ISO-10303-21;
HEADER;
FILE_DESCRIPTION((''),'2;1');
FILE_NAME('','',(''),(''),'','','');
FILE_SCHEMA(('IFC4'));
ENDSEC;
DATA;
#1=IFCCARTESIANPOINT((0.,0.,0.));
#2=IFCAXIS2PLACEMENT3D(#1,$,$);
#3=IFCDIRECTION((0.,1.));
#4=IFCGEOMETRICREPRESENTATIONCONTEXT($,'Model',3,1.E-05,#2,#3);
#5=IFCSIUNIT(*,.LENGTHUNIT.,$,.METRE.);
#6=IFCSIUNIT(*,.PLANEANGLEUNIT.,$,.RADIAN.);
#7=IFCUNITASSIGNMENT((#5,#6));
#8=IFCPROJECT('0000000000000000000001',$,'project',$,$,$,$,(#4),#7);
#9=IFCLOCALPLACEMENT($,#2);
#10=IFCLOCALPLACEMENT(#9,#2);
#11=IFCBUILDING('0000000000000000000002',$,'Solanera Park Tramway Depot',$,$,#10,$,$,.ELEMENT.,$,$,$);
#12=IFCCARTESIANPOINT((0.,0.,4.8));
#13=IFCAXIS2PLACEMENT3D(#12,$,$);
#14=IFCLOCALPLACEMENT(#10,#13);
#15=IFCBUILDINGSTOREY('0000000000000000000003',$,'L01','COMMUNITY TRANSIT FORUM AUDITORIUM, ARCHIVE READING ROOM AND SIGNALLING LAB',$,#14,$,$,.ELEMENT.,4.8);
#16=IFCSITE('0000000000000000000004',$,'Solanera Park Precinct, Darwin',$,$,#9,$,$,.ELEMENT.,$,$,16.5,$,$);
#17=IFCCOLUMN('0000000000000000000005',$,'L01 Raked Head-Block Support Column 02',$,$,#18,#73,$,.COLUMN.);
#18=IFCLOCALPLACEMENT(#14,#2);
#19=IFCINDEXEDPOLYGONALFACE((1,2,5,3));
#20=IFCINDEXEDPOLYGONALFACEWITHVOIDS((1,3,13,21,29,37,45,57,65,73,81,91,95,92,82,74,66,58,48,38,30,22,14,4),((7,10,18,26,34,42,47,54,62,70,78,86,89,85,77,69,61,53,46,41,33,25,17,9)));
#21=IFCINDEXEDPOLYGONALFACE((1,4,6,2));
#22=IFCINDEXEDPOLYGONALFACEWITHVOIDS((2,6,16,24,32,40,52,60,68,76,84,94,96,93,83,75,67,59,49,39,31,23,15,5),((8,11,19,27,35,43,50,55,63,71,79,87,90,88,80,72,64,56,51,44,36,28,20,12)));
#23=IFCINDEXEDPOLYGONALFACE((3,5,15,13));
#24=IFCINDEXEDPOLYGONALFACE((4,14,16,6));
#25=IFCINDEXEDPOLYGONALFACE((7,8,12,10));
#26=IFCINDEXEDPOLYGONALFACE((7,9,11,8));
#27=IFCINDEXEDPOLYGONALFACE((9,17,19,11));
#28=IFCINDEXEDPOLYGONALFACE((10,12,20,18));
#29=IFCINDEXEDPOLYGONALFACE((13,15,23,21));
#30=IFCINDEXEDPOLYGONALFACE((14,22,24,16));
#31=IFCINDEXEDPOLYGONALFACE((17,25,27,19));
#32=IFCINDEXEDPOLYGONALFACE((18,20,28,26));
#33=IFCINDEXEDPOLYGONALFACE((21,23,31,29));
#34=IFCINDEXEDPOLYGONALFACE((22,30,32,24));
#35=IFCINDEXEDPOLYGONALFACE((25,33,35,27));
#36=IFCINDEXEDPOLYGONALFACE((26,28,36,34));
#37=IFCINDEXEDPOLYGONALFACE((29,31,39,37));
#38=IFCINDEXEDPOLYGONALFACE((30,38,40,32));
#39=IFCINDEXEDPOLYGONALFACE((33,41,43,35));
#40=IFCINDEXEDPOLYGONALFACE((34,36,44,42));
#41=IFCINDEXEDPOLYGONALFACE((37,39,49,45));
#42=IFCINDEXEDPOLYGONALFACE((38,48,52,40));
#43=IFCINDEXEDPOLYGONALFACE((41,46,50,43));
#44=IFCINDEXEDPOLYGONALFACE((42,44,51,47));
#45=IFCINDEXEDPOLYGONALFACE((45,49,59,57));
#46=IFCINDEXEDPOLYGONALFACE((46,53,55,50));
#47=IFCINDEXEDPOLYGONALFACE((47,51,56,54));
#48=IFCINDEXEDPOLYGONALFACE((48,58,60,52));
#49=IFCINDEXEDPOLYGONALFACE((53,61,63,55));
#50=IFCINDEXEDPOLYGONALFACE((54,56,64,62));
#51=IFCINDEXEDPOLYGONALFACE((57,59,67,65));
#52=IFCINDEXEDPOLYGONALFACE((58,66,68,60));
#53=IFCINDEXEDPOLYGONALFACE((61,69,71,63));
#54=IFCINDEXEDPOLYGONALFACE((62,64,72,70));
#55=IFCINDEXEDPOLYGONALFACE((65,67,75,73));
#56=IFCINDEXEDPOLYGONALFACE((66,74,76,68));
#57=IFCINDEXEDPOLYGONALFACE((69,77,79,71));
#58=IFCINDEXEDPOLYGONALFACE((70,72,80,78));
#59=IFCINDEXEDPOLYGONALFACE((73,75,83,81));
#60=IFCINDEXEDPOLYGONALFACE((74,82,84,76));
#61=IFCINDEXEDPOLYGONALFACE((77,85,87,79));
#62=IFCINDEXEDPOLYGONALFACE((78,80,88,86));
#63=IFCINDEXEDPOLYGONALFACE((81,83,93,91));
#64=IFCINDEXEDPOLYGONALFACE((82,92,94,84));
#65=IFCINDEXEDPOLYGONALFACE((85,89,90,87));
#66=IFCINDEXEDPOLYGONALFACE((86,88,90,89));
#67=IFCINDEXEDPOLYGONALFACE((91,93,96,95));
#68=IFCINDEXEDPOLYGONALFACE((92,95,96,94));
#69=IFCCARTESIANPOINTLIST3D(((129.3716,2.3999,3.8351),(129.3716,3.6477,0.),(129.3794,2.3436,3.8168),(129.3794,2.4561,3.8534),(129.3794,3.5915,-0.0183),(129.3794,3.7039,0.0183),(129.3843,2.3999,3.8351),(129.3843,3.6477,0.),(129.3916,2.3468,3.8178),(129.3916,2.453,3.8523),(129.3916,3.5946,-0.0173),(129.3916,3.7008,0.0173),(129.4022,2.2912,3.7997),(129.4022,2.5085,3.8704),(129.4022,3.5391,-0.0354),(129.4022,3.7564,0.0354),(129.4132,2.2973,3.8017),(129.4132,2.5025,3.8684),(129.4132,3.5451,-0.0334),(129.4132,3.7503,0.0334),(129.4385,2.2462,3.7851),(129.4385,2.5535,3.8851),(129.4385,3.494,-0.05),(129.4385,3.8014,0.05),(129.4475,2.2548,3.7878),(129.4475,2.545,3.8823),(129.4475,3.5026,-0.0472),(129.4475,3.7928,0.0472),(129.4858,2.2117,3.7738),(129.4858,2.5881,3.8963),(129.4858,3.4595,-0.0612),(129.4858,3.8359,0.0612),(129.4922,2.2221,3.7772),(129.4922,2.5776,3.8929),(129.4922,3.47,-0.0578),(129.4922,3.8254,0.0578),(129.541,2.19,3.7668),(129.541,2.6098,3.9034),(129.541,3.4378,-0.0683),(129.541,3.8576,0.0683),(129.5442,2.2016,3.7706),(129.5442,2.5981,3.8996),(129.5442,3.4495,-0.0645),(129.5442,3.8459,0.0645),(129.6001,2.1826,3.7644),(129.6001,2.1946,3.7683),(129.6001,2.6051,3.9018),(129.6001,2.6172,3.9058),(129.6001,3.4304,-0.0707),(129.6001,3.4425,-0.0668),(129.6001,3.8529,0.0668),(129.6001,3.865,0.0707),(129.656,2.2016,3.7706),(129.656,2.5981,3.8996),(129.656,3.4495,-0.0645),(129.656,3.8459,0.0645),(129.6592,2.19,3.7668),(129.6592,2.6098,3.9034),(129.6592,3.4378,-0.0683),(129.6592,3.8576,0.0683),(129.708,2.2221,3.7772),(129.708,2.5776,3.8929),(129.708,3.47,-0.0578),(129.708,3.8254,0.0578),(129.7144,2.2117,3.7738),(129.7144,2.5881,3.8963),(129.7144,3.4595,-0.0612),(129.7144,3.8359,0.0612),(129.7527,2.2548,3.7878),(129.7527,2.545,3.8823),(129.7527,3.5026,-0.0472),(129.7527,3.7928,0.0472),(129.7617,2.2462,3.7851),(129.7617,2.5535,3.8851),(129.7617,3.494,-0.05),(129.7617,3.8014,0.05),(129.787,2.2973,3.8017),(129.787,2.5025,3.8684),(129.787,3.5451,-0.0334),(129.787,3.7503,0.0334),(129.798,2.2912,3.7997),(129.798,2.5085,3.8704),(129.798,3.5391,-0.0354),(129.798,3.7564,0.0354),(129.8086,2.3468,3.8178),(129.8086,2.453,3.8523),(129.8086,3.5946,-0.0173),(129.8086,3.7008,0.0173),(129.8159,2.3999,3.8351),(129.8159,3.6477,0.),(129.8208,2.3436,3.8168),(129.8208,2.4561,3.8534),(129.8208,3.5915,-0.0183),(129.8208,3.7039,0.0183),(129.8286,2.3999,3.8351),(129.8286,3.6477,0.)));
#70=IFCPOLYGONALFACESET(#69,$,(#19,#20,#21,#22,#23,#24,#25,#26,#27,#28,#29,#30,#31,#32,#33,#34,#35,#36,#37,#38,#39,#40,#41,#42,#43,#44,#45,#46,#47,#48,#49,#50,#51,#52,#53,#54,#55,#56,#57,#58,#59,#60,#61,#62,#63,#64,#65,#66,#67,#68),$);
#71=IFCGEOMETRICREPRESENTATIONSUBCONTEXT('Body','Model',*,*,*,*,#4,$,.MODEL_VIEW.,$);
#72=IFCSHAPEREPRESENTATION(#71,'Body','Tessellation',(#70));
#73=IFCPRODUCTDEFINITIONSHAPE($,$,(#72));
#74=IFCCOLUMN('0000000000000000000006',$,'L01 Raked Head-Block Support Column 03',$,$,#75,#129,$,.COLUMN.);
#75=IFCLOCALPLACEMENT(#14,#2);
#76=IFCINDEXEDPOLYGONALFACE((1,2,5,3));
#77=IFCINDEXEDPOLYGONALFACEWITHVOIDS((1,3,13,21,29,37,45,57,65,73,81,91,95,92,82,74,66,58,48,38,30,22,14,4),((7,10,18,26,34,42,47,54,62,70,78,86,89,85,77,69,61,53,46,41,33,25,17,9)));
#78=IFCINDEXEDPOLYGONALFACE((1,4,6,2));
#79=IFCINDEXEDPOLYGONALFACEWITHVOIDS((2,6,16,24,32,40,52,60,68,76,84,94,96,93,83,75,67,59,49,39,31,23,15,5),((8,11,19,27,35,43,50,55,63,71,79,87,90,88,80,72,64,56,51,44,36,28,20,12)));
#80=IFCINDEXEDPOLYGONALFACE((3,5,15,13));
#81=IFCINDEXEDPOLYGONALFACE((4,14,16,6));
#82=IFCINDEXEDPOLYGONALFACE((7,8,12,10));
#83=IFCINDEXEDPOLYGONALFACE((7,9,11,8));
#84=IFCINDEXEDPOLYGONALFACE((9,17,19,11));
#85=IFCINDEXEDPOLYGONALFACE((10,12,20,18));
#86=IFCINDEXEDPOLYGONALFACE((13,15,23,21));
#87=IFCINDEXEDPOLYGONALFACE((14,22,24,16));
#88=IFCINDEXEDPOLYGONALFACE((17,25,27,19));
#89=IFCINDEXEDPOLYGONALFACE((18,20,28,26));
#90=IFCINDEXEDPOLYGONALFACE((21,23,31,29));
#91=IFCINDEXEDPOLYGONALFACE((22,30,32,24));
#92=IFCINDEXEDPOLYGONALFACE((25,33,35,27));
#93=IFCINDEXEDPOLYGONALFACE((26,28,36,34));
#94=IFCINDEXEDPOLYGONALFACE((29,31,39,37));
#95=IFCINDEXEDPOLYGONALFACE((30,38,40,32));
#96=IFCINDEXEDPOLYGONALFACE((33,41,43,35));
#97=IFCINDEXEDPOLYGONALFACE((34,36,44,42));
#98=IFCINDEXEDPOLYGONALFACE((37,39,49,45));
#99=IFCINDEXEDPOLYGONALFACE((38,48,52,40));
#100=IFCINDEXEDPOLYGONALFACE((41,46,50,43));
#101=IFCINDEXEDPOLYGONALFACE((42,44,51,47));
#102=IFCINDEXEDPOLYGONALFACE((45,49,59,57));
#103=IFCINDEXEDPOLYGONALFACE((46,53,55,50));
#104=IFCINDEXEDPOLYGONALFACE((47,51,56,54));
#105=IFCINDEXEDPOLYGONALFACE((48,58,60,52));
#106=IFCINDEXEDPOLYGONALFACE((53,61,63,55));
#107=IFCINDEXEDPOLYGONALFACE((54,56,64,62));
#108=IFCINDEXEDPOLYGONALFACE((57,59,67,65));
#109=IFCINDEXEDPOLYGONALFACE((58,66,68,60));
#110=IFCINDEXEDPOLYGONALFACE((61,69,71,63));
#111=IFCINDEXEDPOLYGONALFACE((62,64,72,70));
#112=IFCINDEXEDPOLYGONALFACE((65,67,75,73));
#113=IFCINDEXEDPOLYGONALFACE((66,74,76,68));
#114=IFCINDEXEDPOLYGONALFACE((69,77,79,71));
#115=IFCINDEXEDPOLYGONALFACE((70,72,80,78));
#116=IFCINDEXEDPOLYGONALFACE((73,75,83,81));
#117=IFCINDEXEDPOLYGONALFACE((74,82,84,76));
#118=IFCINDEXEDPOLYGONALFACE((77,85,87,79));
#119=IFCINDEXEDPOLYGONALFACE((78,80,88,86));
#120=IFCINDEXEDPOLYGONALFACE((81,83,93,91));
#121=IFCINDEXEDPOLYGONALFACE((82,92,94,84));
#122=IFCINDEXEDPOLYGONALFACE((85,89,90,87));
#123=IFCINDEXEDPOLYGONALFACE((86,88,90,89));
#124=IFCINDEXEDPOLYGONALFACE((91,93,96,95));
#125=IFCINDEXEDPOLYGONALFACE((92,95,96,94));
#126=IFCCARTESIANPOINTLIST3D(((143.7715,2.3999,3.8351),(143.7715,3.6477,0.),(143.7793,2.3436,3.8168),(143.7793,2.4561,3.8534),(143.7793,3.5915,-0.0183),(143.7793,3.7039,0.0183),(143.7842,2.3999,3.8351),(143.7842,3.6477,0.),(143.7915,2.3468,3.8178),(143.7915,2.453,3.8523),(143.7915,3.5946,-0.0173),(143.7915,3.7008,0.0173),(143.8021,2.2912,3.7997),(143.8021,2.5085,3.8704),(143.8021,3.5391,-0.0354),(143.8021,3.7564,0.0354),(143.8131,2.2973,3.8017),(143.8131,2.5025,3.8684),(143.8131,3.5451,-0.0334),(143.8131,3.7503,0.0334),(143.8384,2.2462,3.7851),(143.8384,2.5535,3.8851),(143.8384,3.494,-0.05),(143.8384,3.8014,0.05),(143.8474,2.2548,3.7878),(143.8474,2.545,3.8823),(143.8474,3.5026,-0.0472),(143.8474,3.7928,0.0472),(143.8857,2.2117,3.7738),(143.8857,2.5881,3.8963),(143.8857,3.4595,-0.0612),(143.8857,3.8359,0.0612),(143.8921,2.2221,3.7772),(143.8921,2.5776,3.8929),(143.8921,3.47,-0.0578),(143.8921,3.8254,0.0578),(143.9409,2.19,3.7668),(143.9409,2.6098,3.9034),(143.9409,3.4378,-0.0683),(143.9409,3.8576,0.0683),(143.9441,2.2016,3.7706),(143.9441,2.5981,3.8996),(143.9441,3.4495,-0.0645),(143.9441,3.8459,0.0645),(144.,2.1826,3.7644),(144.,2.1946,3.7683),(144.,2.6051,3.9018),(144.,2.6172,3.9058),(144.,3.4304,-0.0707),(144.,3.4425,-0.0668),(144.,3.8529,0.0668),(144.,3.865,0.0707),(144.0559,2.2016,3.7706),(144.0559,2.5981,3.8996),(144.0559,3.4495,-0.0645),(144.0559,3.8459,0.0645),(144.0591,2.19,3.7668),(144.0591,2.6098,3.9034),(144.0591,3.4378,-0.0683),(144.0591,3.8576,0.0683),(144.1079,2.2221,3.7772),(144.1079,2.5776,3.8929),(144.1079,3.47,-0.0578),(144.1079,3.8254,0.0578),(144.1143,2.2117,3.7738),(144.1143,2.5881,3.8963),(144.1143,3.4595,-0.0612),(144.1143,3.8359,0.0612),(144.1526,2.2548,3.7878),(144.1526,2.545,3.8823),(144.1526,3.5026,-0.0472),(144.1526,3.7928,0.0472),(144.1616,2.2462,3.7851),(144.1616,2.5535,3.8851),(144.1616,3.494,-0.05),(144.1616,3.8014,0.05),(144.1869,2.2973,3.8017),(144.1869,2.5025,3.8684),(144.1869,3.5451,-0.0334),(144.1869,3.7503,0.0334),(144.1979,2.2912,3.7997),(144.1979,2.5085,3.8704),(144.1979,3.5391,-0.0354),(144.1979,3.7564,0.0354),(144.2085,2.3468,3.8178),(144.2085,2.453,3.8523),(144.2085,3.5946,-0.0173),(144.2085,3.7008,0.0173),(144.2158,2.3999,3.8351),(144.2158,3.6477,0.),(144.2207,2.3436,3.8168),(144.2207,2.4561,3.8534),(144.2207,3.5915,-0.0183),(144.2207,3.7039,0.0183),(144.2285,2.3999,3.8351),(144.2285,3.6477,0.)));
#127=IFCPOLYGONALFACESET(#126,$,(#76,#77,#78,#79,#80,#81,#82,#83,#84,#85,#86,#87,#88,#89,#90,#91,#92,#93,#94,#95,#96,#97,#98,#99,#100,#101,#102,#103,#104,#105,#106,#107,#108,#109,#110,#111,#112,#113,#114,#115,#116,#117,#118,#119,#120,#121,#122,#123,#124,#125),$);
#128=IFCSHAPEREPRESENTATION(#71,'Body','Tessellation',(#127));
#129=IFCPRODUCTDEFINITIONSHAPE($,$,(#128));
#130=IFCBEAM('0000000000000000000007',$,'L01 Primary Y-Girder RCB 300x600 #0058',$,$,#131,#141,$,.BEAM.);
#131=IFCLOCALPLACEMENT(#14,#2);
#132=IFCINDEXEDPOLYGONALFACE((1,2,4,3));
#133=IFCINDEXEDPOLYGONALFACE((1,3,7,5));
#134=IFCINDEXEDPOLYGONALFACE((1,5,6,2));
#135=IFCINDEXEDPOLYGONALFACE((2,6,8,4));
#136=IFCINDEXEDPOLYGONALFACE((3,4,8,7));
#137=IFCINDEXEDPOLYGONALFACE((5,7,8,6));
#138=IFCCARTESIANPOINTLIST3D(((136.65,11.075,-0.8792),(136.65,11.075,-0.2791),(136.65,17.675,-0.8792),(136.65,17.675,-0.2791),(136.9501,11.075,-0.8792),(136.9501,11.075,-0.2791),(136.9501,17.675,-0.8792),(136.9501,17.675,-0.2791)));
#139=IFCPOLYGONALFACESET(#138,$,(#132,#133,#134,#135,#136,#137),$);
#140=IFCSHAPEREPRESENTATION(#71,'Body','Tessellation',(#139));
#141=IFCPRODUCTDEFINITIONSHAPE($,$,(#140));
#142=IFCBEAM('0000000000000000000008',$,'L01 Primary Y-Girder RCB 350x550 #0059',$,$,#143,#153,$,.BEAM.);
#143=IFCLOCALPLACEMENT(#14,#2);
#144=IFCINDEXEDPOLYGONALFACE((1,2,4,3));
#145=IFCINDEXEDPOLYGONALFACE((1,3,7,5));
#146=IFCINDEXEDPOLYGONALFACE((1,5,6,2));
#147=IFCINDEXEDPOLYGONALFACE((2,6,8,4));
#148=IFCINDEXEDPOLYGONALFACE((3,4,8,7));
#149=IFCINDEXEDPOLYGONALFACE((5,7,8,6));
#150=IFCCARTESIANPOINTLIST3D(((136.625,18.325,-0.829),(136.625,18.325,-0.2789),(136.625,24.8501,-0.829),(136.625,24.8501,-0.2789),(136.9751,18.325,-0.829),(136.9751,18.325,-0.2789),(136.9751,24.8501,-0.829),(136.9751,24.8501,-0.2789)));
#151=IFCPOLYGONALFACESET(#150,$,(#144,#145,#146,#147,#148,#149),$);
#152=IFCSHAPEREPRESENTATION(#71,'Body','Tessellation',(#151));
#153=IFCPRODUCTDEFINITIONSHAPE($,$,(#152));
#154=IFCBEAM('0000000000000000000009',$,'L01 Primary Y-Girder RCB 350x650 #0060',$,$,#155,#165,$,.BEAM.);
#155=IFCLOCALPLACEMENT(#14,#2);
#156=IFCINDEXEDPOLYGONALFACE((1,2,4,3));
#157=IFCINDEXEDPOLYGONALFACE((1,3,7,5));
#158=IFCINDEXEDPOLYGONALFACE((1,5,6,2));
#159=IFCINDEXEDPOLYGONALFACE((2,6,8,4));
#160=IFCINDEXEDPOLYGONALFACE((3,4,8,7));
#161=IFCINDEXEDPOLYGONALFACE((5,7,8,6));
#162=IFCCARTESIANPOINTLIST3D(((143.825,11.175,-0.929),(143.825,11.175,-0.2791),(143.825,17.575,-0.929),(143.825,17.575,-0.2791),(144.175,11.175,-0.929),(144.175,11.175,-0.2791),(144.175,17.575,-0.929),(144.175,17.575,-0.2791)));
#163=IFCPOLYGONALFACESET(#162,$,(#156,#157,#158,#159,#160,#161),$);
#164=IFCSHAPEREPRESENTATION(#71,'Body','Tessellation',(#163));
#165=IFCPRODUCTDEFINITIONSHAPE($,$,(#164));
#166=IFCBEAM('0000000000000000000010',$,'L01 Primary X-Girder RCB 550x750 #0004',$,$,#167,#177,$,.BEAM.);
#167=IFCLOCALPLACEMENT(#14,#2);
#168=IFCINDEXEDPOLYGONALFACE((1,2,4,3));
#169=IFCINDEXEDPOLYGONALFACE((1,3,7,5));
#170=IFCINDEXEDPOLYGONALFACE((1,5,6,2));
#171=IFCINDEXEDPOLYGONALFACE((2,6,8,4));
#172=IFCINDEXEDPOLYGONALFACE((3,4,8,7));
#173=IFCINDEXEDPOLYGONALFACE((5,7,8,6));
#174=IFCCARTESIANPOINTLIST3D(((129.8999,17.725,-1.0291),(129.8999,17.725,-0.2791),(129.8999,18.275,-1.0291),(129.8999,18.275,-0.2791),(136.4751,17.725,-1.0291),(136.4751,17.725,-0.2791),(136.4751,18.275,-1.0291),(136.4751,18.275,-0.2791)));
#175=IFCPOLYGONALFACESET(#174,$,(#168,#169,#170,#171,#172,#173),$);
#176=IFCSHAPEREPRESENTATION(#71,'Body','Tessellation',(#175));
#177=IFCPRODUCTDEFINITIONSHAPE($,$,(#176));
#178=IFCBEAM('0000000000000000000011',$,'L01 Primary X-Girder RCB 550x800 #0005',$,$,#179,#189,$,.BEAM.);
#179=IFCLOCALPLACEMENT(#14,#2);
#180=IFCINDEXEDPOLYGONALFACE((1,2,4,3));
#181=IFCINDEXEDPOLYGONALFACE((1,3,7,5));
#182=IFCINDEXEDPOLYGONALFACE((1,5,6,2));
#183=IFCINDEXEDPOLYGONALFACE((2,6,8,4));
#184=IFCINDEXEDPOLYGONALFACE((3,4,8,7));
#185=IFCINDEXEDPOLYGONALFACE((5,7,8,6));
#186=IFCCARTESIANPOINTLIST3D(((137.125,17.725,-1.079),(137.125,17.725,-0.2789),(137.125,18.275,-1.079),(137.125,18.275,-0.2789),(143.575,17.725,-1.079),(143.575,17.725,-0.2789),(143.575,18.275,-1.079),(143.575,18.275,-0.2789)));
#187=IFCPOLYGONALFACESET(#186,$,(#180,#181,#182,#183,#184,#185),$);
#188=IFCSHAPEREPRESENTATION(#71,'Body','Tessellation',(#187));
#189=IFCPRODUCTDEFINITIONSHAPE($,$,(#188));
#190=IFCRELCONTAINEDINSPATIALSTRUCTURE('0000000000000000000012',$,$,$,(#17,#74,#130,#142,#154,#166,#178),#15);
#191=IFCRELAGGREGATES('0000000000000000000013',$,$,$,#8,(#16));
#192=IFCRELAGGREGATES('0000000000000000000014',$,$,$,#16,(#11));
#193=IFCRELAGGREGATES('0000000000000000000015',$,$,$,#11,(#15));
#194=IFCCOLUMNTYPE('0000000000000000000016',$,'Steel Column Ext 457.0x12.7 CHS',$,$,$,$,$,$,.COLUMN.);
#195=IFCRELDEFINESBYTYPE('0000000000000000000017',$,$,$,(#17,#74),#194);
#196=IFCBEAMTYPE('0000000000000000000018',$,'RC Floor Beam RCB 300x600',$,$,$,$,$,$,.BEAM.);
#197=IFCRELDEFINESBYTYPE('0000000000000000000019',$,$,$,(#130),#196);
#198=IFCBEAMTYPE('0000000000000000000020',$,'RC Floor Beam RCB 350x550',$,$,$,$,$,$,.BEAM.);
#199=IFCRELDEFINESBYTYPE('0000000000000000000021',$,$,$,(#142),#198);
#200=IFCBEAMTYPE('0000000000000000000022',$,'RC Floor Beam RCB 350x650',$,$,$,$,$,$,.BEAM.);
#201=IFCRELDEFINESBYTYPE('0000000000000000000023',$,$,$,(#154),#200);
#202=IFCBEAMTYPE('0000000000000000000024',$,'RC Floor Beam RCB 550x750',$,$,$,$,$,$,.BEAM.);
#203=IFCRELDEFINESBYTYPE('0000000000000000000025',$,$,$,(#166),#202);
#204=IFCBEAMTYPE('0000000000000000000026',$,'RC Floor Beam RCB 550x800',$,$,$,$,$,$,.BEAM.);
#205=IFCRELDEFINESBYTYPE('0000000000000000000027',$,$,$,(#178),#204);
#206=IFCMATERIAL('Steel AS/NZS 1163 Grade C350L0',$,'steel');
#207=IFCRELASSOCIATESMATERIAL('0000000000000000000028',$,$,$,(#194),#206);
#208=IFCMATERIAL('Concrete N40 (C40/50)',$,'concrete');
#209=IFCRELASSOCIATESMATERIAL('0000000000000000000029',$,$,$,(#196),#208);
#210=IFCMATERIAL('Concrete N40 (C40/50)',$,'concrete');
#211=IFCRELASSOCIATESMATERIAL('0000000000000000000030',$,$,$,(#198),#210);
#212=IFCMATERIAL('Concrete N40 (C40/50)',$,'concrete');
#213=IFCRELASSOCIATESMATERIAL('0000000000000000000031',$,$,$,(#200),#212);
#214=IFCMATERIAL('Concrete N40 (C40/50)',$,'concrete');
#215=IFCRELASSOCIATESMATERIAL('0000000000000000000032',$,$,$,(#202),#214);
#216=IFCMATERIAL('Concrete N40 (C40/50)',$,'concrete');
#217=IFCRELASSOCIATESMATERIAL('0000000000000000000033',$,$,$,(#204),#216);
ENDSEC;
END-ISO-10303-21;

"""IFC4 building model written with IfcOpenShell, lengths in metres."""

from ifc_helpers import new_model, si_unit, direction, frame, origin, origin_2d, place, context, subcontext, project, spatial, rectangle, hollow_circle, extrude, material, material_profile, profile_set, type_object, element, save


model = new_model("IFC4")

# Units and contexts
model_context = context("Model", 3, precision=1e-05, world=origin(), true_north=direction((0.0, 1.0)))
body_context = subcontext(model_context, "Body", "Model", "MODEL_VIEW")
ifc_project = project(units=[si_unit("LENGTHUNIT", "METRE"), si_unit("PLANEANGLEUNIT", "RADIAN")], contexts=[model_context])

# Site, building, storey
site_placement = place(None, origin())
site = spatial("IfcSite", under=ifc_project, at=site_placement, Name="Solanera Park Precinct, Darwin", CompositionType="ELEMENT", RefElevation=16.5)
building_placement = place(site_placement, origin())
building = spatial("IfcBuilding", under=site, at=building_placement, Name="Solanera Park Tramway Depot", CompositionType="ELEMENT")
storey_placement = place(building_placement, frame((0.0, 0.0, 4.8)))
storey = spatial("IfcBuildingStorey", under=building, at=storey_placement, Name="L01", Description="COMMUNITY TRANSIT FORUM AUDITORIUM, ARCHIVE READING ROOM AND SIGNALLING LAB", CompositionType="ELEMENT", Elevation=4.8)

# Columns
ifc_material_1 = material(Name="Steel AS/NZS 1163 Grade C350L0", Category="steel")
ifc_material_profile_1 = material_profile(ifc_material_1, hollow_circle(Radius=0.2285, WallThickness=0.0127, at=origin_2d()), Name="457.0x12.7 CHS")
ifc_profile_set_1 = profile_set([ifc_material_profile_1], Name="Steel AS/NZS 1163 Grade C350L0")
column_type_1 = type_object("IfcColumnType", Name="Steel Column Ext 457.0x12.7 CHS", PredefinedType="COLUMN", material=ifc_profile_set_1)
for number, where, z_axis, x_axis, name in (
    (1, (129.6001, 3.6477, 0.0), (0.0, -0.309409, 0.950929), (1.0, 0.0, 0.0), "L01 Raked Head-Block Support Column 02"),
    (2, (144.0, 3.6477, 0.0), (0.0, -0.309409, 0.950929), (1.0, 0.0, 0.0), "L01 Raked Head-Block Support Column 03"),
):
    element("IfcColumn", number, at=place(storey_placement, frame(where, z_axis=z_axis, x_axis=x_axis)), inside=storey, type_object=column_type_1, Name=name, PredefinedType="COLUMN", context=body_context, shape_type="SweptSolid", body=[
        extrude(hollow_circle(Radius=0.2285, WallThickness=0.0127, at=origin_2d()), origin(), (0.0, 0.0, 1.0), 4.033),
    ])

# Beams
ifc_material_2 = material(Name="Concrete N40 (C40/50)", Category="concrete")
ifc_material_profile_2 = material_profile(ifc_material_2, rectangle(XDim=0.3, YDim=0.6001, at=origin_2d()), Name="RCB 300x600")
ifc_profile_set_2 = profile_set([ifc_material_profile_2], Name="Concrete N40 (C40/50)")
beam_type_1 = type_object("IfcBeamType", Name="RC Floor Beam RCB 300x600", PredefinedType="BEAM", material=ifc_profile_set_2)
beam_1_placement = place(storey_placement, frame((136.8, 11.075, -0.5791), z_axis=(0.0, 1.0, 0.0), x_axis=(-1.0, 0.0, 0.0)))
element("IfcBeam", 3, at=beam_1_placement, inside=storey, type_object=beam_type_1, Name="L01 Primary Y-Girder RCB 300x600 #0058", PredefinedType="BEAM", context=body_context, shape_type="SweptSolid", body=[
    extrude(rectangle(XDim=0.3, YDim=0.6001, at=origin_2d()), origin(), (0.0, 0.0, 1.0), 6.6001),
])
ifc_material_3 = material(Name="Concrete N40 (C40/50)", Category="concrete")
ifc_material_profile_3 = material_profile(ifc_material_3, rectangle(XDim=0.3501, YDim=0.55, at=origin_2d()), Name="RCB 350x550")
ifc_profile_set_3 = profile_set([ifc_material_profile_3], Name="Concrete N40 (C40/50)")
beam_type_2 = type_object("IfcBeamType", Name="RC Floor Beam RCB 350x550", PredefinedType="BEAM", material=ifc_profile_set_3)
beam_2_placement = place(storey_placement, frame((136.8, 18.325, -0.554), z_axis=(0.0, 1.0, 0.0), x_axis=(-1.0, 0.0, 0.0)))
element("IfcBeam", 4, at=beam_2_placement, inside=storey, type_object=beam_type_2, Name="L01 Primary Y-Girder RCB 350x550 #0059", PredefinedType="BEAM", context=body_context, shape_type="SweptSolid", body=[
    extrude(rectangle(XDim=0.3501, YDim=0.55, at=origin_2d()), origin(), (0.0, 0.0, 1.0), 6.5251),
])
ifc_material_4 = material(Name="Concrete N40 (C40/50)", Category="concrete")
ifc_material_profile_4 = material_profile(ifc_material_4, rectangle(XDim=0.3501, YDim=0.6499, at=origin_2d()), Name="RCB 350x650")
ifc_profile_set_4 = profile_set([ifc_material_profile_4], Name="Concrete N40 (C40/50)")
beam_type_3 = type_object("IfcBeamType", Name="RC Floor Beam RCB 350x650", PredefinedType="BEAM", material=ifc_profile_set_4)
beam_3_placement = place(storey_placement, frame((144.0, 11.175, -0.604), z_axis=(0.0, 1.0, 0.0), x_axis=(-1.0, 0.0, 0.0)))
element("IfcBeam", 5, at=beam_3_placement, inside=storey, type_object=beam_type_3, Name="L01 Primary Y-Girder RCB 350x650 #0060", PredefinedType="BEAM", context=body_context, shape_type="SweptSolid", body=[
    extrude(rectangle(XDim=0.3501, YDim=0.6499, at=origin_2d()), origin(), (0.0, 0.0, 1.0), 6.3999),
])
ifc_material_5 = material(Name="Concrete N40 (C40/50)", Category="concrete")
ifc_material_profile_5 = material_profile(ifc_material_5, rectangle(XDim=0.55, YDim=0.75, at=origin_2d()), Name="RCB 550x750")
ifc_profile_set_5 = profile_set([ifc_material_profile_5], Name="Concrete N40 (C40/50)")
beam_type_4 = type_object("IfcBeamType", Name="RC Floor Beam RCB 550x750", PredefinedType="BEAM", material=ifc_profile_set_5)
beam_4_placement = place(storey_placement, frame((129.8999, 18.0, -0.6541), z_axis=(1.0, 0.0, 0.0), x_axis=(0.0, 1.0, 0.0)))
element("IfcBeam", 6, at=beam_4_placement, inside=storey, type_object=beam_type_4, Name="L01 Primary X-Girder RCB 550x750 #0004", PredefinedType="BEAM", context=body_context, shape_type="SweptSolid", body=[
    extrude(rectangle(XDim=0.55, YDim=0.75, at=origin_2d()), origin(), (0.0, 0.0, 1.0), 6.5752),
])
ifc_material_6 = material(Name="Concrete N40 (C40/50)", Category="concrete")
ifc_material_profile_6 = material_profile(ifc_material_6, rectangle(XDim=0.55, YDim=0.8, at=origin_2d()), Name="RCB 550x800")
ifc_profile_set_6 = profile_set([ifc_material_profile_6], Name="Concrete N40 (C40/50)")
beam_type_5 = type_object("IfcBeamType", Name="RC Floor Beam RCB 550x800", PredefinedType="BEAM", material=ifc_profile_set_6)
beam_5_placement = place(storey_placement, frame((137.125, 18.0, -0.679), z_axis=(1.0, 0.0, 0.0), x_axis=(0.0, 1.0, 0.0)))
element("IfcBeam", 7, at=beam_5_placement, inside=storey, type_object=beam_type_5, Name="L01 Primary X-Girder RCB 550x800 #0005", PredefinedType="BEAM", context=body_context, shape_type="SweptSolid", body=[
    extrude(rectangle(XDim=0.55, YDim=0.8, at=origin_2d()), origin(), (0.0, 0.0, 1.0), 6.45),
])

save(model, "model.ifc")
